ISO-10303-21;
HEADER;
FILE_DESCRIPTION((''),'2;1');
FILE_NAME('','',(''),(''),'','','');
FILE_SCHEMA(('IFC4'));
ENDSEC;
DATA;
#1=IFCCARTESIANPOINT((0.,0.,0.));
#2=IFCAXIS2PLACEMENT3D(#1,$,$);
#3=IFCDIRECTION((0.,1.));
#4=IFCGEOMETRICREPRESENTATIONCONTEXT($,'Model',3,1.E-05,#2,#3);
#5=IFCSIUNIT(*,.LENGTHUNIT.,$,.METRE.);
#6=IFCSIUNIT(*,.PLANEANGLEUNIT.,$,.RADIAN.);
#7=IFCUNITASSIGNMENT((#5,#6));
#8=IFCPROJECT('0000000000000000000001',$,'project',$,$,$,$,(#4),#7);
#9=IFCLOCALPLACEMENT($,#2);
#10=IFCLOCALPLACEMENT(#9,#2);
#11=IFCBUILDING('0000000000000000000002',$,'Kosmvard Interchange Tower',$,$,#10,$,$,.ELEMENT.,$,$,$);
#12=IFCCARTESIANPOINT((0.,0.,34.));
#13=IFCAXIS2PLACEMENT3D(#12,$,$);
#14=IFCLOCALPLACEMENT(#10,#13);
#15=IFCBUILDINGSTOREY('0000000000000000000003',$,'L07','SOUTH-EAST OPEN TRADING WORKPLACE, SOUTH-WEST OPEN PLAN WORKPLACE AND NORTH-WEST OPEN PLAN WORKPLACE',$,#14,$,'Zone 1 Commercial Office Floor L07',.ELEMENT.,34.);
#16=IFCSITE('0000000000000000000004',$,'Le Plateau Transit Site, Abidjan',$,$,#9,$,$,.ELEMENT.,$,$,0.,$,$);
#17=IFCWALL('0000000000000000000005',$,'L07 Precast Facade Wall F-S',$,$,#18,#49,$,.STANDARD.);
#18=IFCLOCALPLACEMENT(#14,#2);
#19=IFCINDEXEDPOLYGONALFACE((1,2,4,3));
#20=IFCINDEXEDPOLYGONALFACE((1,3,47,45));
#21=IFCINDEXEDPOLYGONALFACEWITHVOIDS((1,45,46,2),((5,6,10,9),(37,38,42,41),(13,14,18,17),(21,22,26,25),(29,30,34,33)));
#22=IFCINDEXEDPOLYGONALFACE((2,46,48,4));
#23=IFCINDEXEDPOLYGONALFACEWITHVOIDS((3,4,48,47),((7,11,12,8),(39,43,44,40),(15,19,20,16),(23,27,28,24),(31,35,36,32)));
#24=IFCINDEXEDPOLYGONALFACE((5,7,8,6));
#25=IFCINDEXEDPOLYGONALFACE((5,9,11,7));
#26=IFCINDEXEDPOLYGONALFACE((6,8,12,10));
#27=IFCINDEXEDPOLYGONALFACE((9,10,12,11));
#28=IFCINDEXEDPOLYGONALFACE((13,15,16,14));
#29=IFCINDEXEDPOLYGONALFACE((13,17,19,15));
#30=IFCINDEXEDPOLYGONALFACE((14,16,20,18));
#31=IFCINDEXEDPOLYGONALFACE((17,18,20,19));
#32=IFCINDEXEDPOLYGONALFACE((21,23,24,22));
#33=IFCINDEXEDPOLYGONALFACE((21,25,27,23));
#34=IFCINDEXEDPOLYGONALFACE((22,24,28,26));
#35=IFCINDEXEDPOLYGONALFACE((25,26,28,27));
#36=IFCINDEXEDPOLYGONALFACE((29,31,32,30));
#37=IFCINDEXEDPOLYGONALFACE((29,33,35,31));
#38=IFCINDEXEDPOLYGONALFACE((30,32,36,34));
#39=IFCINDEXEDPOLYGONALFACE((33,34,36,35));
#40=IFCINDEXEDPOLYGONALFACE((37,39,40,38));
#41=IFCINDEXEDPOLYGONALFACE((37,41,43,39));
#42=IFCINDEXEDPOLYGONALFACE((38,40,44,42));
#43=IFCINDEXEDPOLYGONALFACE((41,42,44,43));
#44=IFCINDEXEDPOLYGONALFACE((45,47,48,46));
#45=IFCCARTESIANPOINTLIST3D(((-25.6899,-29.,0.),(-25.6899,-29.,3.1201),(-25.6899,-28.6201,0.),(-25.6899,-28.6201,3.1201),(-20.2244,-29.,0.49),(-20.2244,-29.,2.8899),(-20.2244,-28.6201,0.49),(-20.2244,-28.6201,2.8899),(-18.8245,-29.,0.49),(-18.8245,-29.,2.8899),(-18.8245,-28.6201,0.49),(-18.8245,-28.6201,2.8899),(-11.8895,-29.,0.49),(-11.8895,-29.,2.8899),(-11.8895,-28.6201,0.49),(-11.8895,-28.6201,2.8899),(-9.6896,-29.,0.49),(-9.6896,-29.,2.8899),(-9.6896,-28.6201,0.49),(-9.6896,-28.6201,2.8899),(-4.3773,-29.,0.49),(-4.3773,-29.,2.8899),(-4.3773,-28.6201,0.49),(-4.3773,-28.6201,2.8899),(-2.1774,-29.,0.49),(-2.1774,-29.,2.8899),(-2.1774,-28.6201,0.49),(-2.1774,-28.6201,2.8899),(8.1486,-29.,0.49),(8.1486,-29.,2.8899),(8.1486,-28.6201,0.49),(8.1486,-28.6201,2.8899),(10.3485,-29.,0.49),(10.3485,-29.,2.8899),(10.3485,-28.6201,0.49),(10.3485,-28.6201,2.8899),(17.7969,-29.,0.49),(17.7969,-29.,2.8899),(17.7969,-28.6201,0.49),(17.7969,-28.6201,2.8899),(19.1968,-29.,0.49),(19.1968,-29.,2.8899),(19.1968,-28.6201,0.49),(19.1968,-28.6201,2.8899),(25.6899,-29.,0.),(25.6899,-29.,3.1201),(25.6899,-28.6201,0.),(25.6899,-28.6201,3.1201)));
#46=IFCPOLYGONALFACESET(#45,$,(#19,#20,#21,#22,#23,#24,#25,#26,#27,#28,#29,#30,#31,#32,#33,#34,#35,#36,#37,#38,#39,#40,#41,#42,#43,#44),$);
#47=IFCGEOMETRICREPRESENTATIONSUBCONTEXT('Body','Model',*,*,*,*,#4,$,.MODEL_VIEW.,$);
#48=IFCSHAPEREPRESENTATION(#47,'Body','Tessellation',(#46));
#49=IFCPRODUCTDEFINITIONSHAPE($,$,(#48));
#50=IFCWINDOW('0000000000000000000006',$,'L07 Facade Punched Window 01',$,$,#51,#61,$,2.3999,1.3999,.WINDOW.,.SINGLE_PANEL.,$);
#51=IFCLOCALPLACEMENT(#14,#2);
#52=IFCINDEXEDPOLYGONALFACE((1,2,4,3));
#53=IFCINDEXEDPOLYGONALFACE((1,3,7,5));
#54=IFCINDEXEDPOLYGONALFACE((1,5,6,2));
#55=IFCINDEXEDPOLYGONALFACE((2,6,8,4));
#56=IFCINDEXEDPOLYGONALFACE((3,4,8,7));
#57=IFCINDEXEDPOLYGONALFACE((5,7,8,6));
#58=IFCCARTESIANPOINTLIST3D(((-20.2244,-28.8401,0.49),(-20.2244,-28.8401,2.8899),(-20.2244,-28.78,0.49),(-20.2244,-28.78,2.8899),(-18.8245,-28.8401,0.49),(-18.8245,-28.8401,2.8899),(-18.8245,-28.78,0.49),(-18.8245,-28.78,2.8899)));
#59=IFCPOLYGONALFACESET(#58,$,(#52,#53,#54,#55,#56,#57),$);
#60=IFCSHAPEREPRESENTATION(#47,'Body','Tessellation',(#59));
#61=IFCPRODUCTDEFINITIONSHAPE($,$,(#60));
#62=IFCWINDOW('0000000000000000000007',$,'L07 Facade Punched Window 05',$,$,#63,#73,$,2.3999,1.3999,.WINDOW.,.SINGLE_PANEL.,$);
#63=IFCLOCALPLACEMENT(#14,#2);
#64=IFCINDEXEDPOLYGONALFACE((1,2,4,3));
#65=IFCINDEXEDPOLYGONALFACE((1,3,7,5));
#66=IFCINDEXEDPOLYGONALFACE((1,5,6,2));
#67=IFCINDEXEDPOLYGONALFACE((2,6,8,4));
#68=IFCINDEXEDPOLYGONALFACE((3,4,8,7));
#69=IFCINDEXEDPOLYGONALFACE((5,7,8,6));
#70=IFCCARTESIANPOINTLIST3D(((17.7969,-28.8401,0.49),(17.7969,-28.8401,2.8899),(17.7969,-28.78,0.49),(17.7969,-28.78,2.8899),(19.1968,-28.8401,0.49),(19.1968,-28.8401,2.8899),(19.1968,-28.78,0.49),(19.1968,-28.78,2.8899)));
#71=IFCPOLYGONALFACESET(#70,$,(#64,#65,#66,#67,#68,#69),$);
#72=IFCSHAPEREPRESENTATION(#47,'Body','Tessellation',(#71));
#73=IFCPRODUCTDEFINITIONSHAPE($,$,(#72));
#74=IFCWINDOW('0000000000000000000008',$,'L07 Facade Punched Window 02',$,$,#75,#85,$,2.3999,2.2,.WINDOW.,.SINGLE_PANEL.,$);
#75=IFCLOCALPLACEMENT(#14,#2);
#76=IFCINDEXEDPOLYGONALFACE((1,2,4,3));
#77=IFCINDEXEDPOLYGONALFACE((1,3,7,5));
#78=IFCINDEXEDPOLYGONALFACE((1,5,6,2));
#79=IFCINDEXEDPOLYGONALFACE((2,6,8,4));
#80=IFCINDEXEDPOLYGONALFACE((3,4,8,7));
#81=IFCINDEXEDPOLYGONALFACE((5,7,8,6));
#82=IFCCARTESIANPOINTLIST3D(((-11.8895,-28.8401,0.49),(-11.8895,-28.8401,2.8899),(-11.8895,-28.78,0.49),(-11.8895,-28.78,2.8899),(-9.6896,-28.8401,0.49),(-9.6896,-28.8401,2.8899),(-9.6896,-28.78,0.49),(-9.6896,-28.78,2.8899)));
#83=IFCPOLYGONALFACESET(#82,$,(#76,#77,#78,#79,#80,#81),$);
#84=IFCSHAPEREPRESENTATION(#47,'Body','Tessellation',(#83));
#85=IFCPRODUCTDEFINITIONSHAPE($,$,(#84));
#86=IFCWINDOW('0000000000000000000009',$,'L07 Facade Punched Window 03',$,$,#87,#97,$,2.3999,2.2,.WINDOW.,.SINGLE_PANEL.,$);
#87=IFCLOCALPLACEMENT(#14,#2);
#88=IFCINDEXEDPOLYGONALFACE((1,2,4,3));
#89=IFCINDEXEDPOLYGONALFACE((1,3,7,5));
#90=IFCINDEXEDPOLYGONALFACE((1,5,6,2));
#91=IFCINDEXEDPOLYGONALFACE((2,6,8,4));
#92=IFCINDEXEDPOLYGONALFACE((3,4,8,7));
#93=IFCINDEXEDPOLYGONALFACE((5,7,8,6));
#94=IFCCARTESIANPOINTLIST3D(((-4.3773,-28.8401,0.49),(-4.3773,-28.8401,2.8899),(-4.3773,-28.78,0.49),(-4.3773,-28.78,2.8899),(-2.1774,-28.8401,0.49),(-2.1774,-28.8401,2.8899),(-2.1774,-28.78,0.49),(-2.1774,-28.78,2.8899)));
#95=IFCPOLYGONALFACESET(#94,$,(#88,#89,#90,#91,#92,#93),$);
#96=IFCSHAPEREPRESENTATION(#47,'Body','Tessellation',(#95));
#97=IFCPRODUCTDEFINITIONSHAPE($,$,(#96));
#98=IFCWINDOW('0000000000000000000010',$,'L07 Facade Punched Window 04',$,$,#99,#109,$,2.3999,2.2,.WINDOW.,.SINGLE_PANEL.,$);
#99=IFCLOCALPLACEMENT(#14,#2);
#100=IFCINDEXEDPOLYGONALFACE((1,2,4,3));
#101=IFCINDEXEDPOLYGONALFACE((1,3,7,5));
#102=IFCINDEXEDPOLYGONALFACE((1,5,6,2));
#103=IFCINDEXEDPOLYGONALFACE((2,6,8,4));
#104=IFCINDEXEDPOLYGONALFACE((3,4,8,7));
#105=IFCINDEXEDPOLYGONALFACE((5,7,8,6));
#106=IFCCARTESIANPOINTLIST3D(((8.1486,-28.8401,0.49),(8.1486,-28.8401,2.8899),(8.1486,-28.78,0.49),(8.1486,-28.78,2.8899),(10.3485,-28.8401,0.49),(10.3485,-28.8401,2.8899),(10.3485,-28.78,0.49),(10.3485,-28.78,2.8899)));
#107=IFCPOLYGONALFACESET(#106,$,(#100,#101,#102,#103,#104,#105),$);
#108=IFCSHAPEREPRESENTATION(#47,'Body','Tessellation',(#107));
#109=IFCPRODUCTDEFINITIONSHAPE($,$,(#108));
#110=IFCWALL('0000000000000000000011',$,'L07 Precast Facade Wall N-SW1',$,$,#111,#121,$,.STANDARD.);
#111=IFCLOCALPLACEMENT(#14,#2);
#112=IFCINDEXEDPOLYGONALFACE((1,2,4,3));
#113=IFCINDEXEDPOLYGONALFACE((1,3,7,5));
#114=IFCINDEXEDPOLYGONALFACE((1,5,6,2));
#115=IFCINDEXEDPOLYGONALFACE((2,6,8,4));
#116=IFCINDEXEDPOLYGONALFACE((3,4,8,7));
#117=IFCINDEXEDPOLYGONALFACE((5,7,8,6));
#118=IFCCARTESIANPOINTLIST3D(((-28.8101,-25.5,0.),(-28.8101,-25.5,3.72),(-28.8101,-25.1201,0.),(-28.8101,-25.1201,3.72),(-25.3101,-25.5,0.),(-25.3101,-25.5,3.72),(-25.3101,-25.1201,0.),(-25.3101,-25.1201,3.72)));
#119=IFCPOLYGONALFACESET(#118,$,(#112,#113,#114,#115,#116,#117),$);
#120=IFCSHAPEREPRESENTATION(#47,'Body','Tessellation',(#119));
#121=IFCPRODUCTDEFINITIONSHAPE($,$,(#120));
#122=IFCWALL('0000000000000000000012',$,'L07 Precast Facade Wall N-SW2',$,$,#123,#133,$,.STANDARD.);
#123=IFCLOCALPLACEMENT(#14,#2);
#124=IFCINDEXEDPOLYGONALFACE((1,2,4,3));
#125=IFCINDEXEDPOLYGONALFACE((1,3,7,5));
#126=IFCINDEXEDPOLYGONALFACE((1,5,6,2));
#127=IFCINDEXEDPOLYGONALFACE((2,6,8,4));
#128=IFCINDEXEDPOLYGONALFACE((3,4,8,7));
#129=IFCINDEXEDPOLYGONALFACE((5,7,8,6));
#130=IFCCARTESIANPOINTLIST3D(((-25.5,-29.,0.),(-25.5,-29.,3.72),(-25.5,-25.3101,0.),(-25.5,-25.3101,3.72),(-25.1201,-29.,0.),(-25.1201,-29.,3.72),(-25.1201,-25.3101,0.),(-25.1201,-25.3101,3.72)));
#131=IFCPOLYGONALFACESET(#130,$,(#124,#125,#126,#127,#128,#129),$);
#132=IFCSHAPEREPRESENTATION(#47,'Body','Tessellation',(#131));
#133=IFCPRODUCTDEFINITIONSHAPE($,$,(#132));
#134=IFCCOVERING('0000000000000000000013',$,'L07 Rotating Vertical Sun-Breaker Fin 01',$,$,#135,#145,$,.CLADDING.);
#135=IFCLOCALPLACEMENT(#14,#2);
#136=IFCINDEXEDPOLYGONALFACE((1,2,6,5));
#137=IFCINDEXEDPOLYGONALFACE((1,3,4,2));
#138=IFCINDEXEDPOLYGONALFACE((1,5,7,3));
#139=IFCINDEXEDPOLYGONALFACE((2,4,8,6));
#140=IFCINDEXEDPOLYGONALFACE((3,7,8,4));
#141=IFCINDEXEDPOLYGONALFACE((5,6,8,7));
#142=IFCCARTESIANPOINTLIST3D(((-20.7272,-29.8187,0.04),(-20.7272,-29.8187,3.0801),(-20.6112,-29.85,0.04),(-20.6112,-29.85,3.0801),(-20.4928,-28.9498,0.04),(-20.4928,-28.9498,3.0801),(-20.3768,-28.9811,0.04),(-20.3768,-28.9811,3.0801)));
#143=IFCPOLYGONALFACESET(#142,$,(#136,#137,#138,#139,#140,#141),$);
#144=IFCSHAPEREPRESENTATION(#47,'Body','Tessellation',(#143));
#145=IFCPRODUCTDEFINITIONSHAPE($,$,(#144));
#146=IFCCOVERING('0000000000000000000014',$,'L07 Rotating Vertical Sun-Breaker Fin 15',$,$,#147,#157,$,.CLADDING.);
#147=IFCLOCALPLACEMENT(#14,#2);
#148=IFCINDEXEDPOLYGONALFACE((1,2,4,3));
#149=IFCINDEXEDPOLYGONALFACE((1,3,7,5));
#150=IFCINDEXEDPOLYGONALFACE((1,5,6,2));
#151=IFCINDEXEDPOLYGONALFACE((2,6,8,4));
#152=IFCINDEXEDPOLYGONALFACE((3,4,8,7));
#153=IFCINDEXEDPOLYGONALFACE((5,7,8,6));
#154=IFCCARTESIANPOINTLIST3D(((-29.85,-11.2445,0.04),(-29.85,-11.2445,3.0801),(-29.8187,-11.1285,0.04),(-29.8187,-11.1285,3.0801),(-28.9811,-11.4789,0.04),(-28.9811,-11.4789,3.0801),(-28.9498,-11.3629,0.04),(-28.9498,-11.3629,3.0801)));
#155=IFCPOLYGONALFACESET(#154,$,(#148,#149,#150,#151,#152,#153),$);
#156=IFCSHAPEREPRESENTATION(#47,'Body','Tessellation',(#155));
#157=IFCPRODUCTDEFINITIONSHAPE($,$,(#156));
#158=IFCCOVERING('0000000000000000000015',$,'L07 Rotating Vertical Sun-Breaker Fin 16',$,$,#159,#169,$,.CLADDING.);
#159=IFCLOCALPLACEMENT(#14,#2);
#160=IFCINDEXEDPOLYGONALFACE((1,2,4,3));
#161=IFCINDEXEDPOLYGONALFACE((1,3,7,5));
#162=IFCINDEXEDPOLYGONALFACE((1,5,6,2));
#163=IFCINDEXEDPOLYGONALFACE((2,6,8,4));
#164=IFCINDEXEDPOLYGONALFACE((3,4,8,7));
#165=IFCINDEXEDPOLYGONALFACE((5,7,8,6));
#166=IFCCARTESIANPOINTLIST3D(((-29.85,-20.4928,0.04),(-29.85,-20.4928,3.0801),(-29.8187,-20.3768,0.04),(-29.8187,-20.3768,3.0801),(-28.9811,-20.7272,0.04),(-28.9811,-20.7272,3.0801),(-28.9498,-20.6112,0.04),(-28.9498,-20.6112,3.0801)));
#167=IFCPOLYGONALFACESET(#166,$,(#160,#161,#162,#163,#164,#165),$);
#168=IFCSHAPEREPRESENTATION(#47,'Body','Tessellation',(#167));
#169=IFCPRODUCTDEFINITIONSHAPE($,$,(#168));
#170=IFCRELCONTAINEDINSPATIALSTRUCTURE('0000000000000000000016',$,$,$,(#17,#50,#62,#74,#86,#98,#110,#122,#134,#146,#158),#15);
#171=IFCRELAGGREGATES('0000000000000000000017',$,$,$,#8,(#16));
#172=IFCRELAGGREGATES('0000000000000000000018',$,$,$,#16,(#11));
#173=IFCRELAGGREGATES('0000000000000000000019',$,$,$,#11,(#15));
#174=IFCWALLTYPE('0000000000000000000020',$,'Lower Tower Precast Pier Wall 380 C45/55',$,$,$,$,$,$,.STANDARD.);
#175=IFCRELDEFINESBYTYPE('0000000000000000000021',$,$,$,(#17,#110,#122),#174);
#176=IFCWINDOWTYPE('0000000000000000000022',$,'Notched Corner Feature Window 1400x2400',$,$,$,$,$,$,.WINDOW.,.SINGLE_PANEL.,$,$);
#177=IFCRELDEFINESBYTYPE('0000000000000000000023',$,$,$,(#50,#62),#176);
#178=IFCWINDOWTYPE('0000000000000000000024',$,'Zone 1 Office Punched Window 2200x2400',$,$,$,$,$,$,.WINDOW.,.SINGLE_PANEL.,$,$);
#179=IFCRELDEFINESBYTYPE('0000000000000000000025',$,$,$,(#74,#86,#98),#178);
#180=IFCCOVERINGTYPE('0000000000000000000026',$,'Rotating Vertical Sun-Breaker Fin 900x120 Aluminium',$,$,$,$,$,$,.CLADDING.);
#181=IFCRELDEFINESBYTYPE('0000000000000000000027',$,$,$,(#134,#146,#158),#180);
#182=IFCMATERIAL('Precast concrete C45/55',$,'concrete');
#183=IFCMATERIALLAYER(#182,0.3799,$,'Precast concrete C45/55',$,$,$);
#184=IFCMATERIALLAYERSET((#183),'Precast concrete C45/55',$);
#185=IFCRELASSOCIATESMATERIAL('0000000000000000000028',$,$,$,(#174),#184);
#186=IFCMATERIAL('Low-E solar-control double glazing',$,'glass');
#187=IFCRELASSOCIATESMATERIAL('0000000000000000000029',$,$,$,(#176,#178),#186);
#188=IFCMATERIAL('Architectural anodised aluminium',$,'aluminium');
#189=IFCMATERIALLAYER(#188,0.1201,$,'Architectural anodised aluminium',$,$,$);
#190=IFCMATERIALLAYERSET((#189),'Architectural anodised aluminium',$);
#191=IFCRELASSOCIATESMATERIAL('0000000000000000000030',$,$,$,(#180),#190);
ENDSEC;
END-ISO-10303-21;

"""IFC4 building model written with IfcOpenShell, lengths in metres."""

from ifc_helpers import new_model, si_unit, direction, frame, frame_2d, origin, origin_2d, place, context, subcontext, project, spatial, rectangle, extrude, source, transform, mapped, material, layer, layer_set, type_object, element, fill, save


model = new_model("IFC4")

# Units and contexts
model_context = context("Model", 3, precision=1e-05, world=origin(), true_north=direction((0.0, 1.0)))
body_context = subcontext(model_context, "Body", "Model", "MODEL_VIEW")
ifc_project = project(units=[si_unit("LENGTHUNIT", "METRE"), si_unit("PLANEANGLEUNIT", "RADIAN")], contexts=[model_context])

# Site, building, storey
site_placement = place(None, origin())
site = spatial("IfcSite", under=ifc_project, at=site_placement, Name="Le Plateau Transit Site, Abidjan", CompositionType="ELEMENT", RefElevation=0.0)
building_placement = place(site_placement, origin())
building = spatial("IfcBuilding", under=site, at=building_placement, Name="Kosmvard Interchange Tower", CompositionType="ELEMENT")
storey_placement = place(building_placement, frame((0.0, 0.0, 34.0)))
storey = spatial("IfcBuildingStorey", under=building, at=storey_placement, Name="L07", Description="SOUTH-EAST OPEN TRADING WORKPLACE, SOUTH-WEST OPEN PLAN WORKPLACE AND NORTH-WEST OPEN PLAN WORKPLACE", LongName="Zone 1 Commercial Office Floor L07", CompositionType="ELEMENT", Elevation=34.0)

# Shared definitions
ifc_material_1 = material(Name="Precast concrete C45/55", Category="concrete")

# Wall, openings, windows
ifc_layer_1 = layer(ifc_material_1, 0.3799, Name="Precast concrete C45/55")
ifc_layer_set_1 = layer_set([ifc_layer_1], Name="Precast concrete C45/55")
wall_type = type_object("IfcWallType", Name="Lower Tower Precast Pier Wall 380 C45/55", PredefinedType="STANDARD", material=ifc_layer_set_1)
wall_1_placement = place(storey_placement, frame((-25.6899, -28.8101, 0.0), z_axis=(0.0, 0.0, 1.0), x_axis=(1.0, 0.0, 0.0)))
wall_1 = element("IfcWall", 1, at=wall_1_placement, inside=storey, type_object=wall_type, Name="L07 Precast Facade Wall F-S", PredefinedType="STANDARD", context=body_context, shape_type="SweptSolid", body=[
    extrude(rectangle(XDim=51.3799, YDim=0.3799, at=frame_2d((25.6899, 0.0))), origin(), (0.0, 0.0, 1.0), 3.1201),
])
opening_1_placement = place(wall_1_placement, frame((5.4656, 0.0, 0.49)))
opening_1 = element("IfcOpeningElement", 2, at=opening_1_placement, cuts=wall_1, PredefinedType="OPENING", context=body_context, shape_type="SweptSolid", body=[
    extrude(rectangle(XDim=1.3999, YDim=2.3999, at=frame_2d((0.7, 1.2))), frame((0.0, 0.2, 0.0), z_axis=(0.0, -1.0, 0.0), x_axis=(1.0, 0.0, 0.0)), (0.0, 0.0, 1.0), 0.3999),
])
opening_2_placement = place(wall_1_placement, frame((13.8003, 0.0, 0.49)))
opening_2 = element("IfcOpeningElement", 3, at=opening_2_placement, cuts=wall_1, PredefinedType="OPENING", context=body_context, shape_type="SweptSolid", body=[
    extrude(rectangle(XDim=2.2, YDim=2.3999, at=frame_2d((1.1001, 1.2))), frame((0.0, 0.2, 0.0), z_axis=(0.0, -1.0, 0.0), x_axis=(1.0, 0.0, 0.0)), (0.0, 0.0, 1.0), 0.3999),
])
opening_3_placement = place(wall_1_placement, frame((21.3125, 0.0, 0.49)))
opening_3 = element("IfcOpeningElement", 4, at=opening_3_placement, cuts=wall_1, PredefinedType="OPENING", context=body_context, shape_type="SweptSolid", body=[
    extrude(rectangle(XDim=2.2, YDim=2.3999, at=frame_2d((1.1001, 1.2))), frame((0.0, 0.2, 0.0), z_axis=(0.0, -1.0, 0.0), x_axis=(1.0, 0.0, 0.0)), (0.0, 0.0, 1.0), 0.3999),
])
opening_4_placement = place(wall_1_placement, frame((33.8384, 0.0, 0.49)))
opening_4 = element("IfcOpeningElement", 5, at=opening_4_placement, cuts=wall_1, PredefinedType="OPENING", context=body_context, shape_type="SweptSolid", body=[
    extrude(rectangle(XDim=2.2, YDim=2.3999, at=frame_2d((1.1001, 1.2))), frame((0.0, 0.2, 0.0), z_axis=(0.0, -1.0, 0.0), x_axis=(1.0, 0.0, 0.0)), (0.0, 0.0, 1.0), 0.3999),
])
opening_5_placement = place(wall_1_placement, frame((43.4868, 0.0, 0.49)))
opening_5 = element("IfcOpeningElement", 6, at=opening_5_placement, cuts=wall_1, PredefinedType="OPENING", context=body_context, shape_type="SweptSolid", body=[
    extrude(rectangle(XDim=1.3999, YDim=2.3999, at=frame_2d((0.7, 1.2))), frame((0.0, 0.2, 0.0), z_axis=(0.0, -1.0, 0.0), x_axis=(1.0, 0.0, 0.0)), (0.0, 0.0, 1.0), 0.3999),
])
ifc_material_2 = material(Name="Low-E solar-control double glazing", Category="glass")
window_type_1 = type_object("IfcWindowType", Name="Notched Corner Feature Window 1400x2400", PartitioningType="SINGLE_PANEL", PredefinedType="WINDOW", material=ifc_material_2)
shared_shape_1 = source(origin(), body_context, "Body", "SweptSolid", [
    extrude(rectangle(XDim=1.3999, YDim=2.3999, at=frame_2d((0.7, 1.2))), frame((0.0, 0.03, 0.0), z_axis=(0.0, -1.0, 0.0), x_axis=(1.0, 0.0, 0.0)), (0.0, 0.0, 1.0), 0.0601),
])
window_1_placement = place(opening_1_placement, origin())
window_1 = element("IfcWindow", 7, at=window_1_placement, inside=storey, type_object=window_type_1, Name="L07 Facade Punched Window 01", OverallHeight=2.3999, OverallWidth=1.3999, PartitioningType="SINGLE_PANEL", PredefinedType="WINDOW", context=body_context, shape_type="MappedRepresentation", body=[
    mapped(shared_shape_1, transform((0.0, 0.0, 0.0), scale=1.0)),
])
fill(opening_1, window_1)
window_2_placement = place(opening_5_placement, origin())
window_2 = element("IfcWindow", 8, at=window_2_placement, inside=storey, type_object=window_type_1, Name="L07 Facade Punched Window 05", OverallHeight=2.3999, OverallWidth=1.3999, PartitioningType="SINGLE_PANEL", PredefinedType="WINDOW", context=body_context, shape_type="MappedRepresentation", body=[
    mapped(shared_shape_1, transform((0.0, 0.0, 0.0), scale=1.0)),
])
fill(opening_5, window_2)
window_type_2 = type_object("IfcWindowType", Name="Zone 1 Office Punched Window 2200x2400", PartitioningType="SINGLE_PANEL", PredefinedType="WINDOW", material=ifc_material_2)
shared_shape_2 = source(origin(), body_context, "Body", "SweptSolid", [
    extrude(rectangle(XDim=2.2, YDim=2.3999, at=frame_2d((1.1001, 1.2))), frame((0.0, 0.03, 0.0), z_axis=(0.0, -1.0, 0.0), x_axis=(1.0, 0.0, 0.0)), (0.0, 0.0, 1.0), 0.0601),
])
window_3_placement = place(opening_2_placement, origin())
window_3 = element("IfcWindow", 9, at=window_3_placement, inside=storey, type_object=window_type_2, Name="L07 Facade Punched Window 02", OverallHeight=2.3999, OverallWidth=2.2, PartitioningType="SINGLE_PANEL", PredefinedType="WINDOW", context=body_context, shape_type="MappedRepresentation", body=[
    mapped(shared_shape_2, transform((0.0, 0.0, 0.0), scale=1.0)),
])
fill(opening_2, window_3)
window_4_placement = place(opening_3_placement, origin())
window_4 = element("IfcWindow", 10, at=window_4_placement, inside=storey, type_object=window_type_2, Name="L07 Facade Punched Window 03", OverallHeight=2.3999, OverallWidth=2.2, PartitioningType="SINGLE_PANEL", PredefinedType="WINDOW", context=body_context, shape_type="MappedRepresentation", body=[
    mapped(shared_shape_2, transform((0.0, 0.0, 0.0), scale=1.0)),
])
fill(opening_3, window_4)
window_5_placement = place(opening_4_placement, origin())
window_5 = element("IfcWindow", 11, at=window_5_placement, inside=storey, type_object=window_type_2, Name="L07 Facade Punched Window 04", OverallHeight=2.3999, OverallWidth=2.2, PartitioningType="SINGLE_PANEL", PredefinedType="WINDOW", context=body_context, shape_type="MappedRepresentation", body=[
    mapped(shared_shape_2, transform((0.0, 0.0, 0.0), scale=1.0)),
])
fill(opening_4, window_5)

# Walls
wall_2_placement = place(storey_placement, frame((-28.8101, -25.3101, 0.0), z_axis=(0.0, 0.0, 1.0), x_axis=(1.0, 0.0, 0.0)))
element("IfcWall", 12, at=wall_2_placement, inside=storey, type_object=wall_type, Name="L07 Precast Facade Wall N-SW1", PredefinedType="STANDARD", context=body_context, shape_type="SweptSolid", body=[
    extrude(rectangle(XDim=3.5, YDim=0.3799, at=frame_2d((1.75, 0.0))), origin(), (0.0, 0.0, 1.0), 3.72),
])
wall_3_placement = place(storey_placement, frame((-25.3101, -25.3101, 0.0), z_axis=(0.0, 0.0, 1.0), x_axis=(0.0, -1.0, 0.0)))
element("IfcWall", 13, at=wall_3_placement, inside=storey, type_object=wall_type, Name="L07 Precast Facade Wall N-SW2", PredefinedType="STANDARD", context=body_context, shape_type="SweptSolid", body=[
    extrude(rectangle(XDim=3.6899, YDim=0.3799, at=frame_2d((1.845, 0.0))), origin(), (0.0, 0.0, 1.0), 3.72),
])

# Coverings
ifc_material_3 = material(Name="Architectural anodised aluminium", Category="aluminium")
ifc_layer_2 = layer(ifc_material_3, 0.1201, Name="Architectural anodised aluminium")
ifc_layer_set_2 = layer_set([ifc_layer_2], Name="Architectural anodised aluminium")
covering_type = type_object("IfcCoveringType", Name="Rotating Vertical Sun-Breaker Fin 900x120 Aluminium", PredefinedType="CLADDING", material=ifc_layer_set_2)
shared_shape_3 = source(origin(), body_context, "Body", "SweptSolid", [
    extrude(rectangle(XDim=0.8999, YDim=0.1201, at=origin_2d()), origin(), (0.0, 0.0, 1.0), 3.04),
])
for number, where, z_axis, x_axis, name in (
    (14, (-20.552, -29.3999, 0.04), (0.0, 0.0, 1.0), (-0.260505, -0.965473, 0.0), "L07 Rotating Vertical Sun-Breaker Fin 01"),
    (15, (-29.3999, -11.3037, 0.04), (0.0, 0.0, 1.0), (-0.965473, 0.260505, 0.0), "L07 Rotating Vertical Sun-Breaker Fin 15"),
    (16, (-29.3999, -20.552, 0.04), (0.0, 0.0, 1.0), (-0.965473, 0.260505, 0.0), "L07 Rotating Vertical Sun-Breaker Fin 16"),
):
    element("IfcCovering", number, at=place(storey_placement, frame(where, z_axis=z_axis, x_axis=x_axis)), inside=storey, type_object=covering_type, Name=name, PredefinedType="CLADDING", context=body_context, shape_type="MappedRepresentation", body=[
        mapped(shared_shape_3, transform((0.0, 0.0, 0.0), scale=1.0)),
    ])

save(model, "model.ifc")
